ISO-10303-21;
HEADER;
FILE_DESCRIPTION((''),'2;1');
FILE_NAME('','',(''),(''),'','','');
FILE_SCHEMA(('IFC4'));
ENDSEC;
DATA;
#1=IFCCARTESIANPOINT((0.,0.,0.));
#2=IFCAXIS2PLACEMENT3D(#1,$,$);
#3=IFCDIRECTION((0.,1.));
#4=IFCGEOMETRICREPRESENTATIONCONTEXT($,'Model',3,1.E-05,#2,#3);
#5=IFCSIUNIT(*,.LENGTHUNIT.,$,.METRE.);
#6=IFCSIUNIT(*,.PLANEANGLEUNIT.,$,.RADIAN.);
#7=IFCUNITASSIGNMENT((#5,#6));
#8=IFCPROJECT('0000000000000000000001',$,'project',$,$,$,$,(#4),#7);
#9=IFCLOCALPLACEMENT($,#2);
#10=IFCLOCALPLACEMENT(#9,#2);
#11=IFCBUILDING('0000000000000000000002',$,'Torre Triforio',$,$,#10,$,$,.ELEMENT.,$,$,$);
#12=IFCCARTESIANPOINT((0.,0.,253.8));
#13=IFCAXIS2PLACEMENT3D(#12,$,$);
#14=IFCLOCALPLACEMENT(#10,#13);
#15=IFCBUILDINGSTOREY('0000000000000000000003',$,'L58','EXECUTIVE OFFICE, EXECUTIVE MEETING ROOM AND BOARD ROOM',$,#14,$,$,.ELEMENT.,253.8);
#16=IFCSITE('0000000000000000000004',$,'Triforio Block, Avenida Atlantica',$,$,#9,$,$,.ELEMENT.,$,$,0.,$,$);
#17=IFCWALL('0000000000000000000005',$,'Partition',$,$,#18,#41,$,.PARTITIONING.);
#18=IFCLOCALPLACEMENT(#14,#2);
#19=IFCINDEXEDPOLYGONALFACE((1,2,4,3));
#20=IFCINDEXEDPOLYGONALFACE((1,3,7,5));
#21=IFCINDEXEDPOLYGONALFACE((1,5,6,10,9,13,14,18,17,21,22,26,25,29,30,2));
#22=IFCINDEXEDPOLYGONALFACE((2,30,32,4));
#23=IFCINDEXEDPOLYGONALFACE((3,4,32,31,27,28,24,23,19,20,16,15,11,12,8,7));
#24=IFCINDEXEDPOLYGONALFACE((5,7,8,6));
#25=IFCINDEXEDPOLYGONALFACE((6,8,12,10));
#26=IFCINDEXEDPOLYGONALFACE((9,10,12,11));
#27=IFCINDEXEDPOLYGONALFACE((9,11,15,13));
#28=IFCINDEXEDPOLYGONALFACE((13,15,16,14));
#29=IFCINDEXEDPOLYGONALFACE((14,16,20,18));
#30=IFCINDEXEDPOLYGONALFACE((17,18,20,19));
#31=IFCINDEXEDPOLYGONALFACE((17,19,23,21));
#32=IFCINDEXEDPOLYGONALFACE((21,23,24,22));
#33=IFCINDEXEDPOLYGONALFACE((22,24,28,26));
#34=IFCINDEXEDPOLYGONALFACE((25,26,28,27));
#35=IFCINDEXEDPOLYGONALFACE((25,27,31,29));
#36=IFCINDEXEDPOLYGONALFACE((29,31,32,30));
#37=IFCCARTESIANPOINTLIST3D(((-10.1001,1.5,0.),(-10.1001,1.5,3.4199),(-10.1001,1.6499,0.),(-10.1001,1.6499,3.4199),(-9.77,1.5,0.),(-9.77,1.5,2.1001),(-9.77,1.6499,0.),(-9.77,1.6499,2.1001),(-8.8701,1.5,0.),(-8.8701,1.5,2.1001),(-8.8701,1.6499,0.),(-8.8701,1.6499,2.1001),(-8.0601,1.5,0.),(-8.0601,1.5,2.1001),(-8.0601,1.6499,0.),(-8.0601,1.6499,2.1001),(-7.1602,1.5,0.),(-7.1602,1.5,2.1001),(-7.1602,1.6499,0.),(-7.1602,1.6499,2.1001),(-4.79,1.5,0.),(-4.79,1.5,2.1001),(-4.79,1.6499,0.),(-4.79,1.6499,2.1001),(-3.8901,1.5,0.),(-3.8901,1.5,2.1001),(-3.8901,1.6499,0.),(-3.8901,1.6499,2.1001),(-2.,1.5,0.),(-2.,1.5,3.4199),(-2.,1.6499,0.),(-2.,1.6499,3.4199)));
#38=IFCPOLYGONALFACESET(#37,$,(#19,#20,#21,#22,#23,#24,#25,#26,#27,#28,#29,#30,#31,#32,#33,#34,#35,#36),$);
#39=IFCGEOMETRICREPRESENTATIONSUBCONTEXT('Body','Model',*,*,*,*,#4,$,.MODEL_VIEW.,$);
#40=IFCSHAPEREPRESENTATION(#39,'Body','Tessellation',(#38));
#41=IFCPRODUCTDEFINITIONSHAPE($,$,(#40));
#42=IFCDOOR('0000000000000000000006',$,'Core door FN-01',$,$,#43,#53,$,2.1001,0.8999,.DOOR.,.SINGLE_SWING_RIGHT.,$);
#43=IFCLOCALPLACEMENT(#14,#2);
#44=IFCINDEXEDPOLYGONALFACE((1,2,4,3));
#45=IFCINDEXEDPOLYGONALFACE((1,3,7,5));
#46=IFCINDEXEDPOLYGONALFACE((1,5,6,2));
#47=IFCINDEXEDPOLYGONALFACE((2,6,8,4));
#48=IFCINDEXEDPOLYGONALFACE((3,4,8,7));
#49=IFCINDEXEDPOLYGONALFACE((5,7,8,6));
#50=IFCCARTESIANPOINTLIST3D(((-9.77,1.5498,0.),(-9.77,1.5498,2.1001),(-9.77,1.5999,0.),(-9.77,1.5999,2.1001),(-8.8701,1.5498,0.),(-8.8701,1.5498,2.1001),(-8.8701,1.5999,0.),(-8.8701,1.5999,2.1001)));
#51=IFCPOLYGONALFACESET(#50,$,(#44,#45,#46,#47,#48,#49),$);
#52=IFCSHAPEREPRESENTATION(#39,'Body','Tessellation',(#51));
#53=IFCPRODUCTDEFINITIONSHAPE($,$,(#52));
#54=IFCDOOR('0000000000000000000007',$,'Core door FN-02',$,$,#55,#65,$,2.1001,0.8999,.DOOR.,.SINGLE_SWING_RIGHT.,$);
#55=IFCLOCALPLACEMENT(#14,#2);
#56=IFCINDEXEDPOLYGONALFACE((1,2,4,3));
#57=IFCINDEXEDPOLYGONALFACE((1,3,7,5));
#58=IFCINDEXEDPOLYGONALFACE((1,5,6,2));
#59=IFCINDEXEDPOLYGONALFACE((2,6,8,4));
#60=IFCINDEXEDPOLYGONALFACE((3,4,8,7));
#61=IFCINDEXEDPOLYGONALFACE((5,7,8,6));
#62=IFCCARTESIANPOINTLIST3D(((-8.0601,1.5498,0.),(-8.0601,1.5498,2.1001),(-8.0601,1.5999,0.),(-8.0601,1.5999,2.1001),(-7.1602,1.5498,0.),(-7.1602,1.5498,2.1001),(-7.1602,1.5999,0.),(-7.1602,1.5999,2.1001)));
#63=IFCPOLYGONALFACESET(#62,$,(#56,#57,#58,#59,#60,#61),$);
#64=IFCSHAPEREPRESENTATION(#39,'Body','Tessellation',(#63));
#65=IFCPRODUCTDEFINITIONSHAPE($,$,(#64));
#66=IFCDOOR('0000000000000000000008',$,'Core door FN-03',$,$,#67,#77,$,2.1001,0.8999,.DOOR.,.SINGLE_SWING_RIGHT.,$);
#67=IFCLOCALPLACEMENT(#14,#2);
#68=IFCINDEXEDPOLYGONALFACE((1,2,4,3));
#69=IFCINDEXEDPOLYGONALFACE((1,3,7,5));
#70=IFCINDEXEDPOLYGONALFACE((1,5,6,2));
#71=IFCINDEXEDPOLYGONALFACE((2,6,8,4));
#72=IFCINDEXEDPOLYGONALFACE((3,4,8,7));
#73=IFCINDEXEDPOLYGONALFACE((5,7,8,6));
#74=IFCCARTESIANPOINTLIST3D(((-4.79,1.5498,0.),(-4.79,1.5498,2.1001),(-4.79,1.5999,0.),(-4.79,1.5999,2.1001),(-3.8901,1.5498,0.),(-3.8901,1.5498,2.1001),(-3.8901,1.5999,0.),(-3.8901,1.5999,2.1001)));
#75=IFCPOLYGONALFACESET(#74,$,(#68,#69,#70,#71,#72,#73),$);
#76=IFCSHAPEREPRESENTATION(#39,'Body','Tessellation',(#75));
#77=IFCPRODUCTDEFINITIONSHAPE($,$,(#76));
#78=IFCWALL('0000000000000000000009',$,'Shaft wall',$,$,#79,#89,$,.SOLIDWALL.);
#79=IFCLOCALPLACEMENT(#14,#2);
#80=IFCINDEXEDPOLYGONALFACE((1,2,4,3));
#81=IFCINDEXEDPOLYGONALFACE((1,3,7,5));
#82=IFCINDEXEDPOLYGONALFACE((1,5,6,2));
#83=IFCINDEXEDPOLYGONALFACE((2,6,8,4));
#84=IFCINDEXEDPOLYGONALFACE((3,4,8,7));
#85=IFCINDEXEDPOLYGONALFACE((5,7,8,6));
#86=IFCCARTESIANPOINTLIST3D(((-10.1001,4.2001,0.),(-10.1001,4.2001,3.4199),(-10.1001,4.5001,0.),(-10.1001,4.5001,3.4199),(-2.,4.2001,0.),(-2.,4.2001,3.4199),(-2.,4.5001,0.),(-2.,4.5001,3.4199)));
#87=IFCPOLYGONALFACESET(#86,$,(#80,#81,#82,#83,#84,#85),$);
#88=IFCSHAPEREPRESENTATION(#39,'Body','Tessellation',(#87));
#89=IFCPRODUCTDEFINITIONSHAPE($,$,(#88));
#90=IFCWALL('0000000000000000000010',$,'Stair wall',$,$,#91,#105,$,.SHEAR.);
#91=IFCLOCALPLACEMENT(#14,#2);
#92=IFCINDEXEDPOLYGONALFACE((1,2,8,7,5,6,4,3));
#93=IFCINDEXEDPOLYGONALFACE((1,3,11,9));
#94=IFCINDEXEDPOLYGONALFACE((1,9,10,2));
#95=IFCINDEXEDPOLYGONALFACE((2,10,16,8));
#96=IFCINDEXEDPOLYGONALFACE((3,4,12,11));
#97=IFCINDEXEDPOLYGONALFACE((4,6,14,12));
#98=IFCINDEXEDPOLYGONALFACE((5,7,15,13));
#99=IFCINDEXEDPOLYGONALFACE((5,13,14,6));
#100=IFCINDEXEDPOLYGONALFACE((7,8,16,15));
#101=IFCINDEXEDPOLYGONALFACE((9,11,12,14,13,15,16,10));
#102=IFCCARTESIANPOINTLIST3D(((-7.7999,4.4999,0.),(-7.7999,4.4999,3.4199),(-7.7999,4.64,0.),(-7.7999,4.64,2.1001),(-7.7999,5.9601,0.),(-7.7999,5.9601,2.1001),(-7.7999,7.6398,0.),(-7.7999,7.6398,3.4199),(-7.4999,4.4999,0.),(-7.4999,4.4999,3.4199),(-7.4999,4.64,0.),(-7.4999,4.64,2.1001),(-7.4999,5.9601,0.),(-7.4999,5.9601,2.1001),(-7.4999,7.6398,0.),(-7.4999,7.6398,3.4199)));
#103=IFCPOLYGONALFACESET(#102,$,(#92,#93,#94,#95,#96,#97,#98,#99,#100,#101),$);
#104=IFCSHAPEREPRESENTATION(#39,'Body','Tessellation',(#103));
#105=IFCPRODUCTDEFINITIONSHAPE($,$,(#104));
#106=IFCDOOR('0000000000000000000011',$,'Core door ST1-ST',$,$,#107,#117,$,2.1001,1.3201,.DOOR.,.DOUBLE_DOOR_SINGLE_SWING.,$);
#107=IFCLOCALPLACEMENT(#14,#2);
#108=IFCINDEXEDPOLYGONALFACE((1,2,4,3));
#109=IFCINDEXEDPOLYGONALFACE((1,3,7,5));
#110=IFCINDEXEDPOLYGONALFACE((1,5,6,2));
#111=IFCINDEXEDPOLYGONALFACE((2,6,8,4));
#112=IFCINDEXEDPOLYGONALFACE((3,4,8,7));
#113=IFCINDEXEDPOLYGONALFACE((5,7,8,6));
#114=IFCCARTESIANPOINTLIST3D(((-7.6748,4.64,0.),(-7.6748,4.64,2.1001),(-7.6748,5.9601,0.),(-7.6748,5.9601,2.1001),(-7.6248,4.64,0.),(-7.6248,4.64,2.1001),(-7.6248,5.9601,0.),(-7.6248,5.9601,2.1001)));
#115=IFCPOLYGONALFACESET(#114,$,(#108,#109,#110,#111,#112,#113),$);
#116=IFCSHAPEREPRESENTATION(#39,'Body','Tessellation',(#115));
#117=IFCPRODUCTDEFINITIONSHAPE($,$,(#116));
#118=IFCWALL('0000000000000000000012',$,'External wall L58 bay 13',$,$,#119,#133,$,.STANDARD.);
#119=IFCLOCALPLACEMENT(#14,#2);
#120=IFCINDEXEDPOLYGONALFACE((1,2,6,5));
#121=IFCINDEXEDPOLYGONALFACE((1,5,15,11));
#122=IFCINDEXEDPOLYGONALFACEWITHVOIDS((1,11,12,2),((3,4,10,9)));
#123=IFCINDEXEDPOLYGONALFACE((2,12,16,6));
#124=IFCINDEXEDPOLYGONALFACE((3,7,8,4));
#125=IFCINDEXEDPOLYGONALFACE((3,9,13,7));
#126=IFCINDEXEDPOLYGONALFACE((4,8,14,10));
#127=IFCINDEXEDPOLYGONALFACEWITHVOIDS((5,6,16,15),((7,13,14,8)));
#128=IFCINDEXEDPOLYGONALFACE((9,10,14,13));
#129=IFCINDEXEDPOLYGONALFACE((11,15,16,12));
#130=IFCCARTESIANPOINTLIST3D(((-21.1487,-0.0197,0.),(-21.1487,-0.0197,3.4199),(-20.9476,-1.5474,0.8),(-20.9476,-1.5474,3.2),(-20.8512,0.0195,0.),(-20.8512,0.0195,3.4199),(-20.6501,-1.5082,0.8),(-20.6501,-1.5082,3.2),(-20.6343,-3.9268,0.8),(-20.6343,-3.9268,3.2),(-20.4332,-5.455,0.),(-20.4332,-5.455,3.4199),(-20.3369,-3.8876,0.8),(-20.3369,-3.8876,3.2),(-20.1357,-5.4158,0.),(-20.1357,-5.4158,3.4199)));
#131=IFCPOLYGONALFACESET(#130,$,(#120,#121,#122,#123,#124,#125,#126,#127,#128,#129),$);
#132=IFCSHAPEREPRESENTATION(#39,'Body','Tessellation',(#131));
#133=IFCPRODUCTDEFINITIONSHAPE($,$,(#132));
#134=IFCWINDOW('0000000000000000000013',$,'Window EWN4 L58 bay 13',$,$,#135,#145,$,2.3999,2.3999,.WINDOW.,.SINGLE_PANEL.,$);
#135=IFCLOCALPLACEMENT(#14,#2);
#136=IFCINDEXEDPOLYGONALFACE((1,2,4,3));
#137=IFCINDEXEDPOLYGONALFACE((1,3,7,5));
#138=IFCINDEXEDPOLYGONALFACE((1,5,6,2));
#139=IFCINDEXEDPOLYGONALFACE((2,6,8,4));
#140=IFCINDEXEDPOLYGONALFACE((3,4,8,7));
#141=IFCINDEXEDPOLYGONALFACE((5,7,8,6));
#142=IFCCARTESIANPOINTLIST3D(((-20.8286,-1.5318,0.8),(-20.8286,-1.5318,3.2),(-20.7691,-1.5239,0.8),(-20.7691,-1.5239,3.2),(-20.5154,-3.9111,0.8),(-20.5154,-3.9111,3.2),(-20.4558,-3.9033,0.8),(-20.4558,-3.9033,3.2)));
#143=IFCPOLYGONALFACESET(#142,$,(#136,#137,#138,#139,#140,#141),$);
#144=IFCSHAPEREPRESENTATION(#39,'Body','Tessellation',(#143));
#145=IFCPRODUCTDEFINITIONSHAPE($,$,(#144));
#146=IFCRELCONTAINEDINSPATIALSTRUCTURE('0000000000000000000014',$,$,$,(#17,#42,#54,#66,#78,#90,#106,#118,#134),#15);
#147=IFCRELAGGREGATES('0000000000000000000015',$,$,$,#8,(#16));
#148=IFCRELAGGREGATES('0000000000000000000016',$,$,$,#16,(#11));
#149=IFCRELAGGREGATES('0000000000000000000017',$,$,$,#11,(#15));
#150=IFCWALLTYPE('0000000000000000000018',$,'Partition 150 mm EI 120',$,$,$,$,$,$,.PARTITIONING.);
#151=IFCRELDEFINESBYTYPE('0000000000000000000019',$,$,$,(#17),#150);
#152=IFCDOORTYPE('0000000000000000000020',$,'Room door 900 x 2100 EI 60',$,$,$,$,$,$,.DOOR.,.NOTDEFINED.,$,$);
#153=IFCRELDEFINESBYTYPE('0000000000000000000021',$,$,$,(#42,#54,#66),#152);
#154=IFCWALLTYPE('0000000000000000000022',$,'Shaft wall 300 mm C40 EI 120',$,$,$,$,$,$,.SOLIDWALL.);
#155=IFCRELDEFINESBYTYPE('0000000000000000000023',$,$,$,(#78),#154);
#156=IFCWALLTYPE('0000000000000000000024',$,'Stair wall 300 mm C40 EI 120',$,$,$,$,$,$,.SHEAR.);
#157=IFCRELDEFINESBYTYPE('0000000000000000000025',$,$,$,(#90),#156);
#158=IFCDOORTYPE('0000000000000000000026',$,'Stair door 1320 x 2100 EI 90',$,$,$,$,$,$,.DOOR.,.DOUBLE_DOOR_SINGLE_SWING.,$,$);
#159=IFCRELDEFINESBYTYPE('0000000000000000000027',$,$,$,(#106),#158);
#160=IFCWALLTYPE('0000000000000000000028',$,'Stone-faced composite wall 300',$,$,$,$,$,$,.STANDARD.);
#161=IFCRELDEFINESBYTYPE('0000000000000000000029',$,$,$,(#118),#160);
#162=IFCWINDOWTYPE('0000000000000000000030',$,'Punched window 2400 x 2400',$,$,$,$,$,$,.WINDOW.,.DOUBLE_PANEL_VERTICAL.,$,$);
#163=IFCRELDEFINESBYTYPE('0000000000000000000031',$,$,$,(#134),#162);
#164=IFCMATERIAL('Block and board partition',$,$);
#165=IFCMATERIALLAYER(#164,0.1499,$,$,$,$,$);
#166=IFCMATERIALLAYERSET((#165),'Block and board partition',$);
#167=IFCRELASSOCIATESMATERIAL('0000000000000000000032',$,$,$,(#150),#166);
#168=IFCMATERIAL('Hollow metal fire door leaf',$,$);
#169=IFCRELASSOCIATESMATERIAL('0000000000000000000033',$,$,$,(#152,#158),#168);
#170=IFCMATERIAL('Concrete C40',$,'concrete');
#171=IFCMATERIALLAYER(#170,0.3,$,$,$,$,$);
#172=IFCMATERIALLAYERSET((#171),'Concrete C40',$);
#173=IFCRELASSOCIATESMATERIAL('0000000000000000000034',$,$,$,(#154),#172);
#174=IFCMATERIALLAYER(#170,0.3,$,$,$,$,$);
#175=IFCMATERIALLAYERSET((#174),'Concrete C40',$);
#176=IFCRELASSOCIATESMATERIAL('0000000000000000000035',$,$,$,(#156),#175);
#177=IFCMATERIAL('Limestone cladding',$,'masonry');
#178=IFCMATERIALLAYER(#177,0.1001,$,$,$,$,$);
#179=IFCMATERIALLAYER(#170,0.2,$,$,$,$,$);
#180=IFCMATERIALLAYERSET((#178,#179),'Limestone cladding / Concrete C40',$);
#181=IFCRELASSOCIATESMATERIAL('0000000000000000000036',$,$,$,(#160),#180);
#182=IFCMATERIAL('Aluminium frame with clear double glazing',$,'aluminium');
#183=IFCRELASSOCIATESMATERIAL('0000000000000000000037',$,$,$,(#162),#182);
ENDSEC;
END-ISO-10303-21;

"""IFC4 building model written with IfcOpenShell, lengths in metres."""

from ifc_helpers import new_model, si_unit, direction, frame, frame_2d, origin, place, context, subcontext, project, spatial, rectangle, extrude, material, layer, layer_set, type_object, element, fill, save


model = new_model("IFC4")

# Units and contexts
model_context = context("Model", 3, precision=1e-05, world=origin(), true_north=direction((0.0, 1.0)))
body_context = subcontext(model_context, "Body", "Model", "MODEL_VIEW")
ifc_project = project(units=[si_unit("LENGTHUNIT", "METRE"), si_unit("PLANEANGLEUNIT", "RADIAN")], contexts=[model_context])

# Site, building, storey
site_placement = place(None, origin())
site = spatial("IfcSite", under=ifc_project, at=site_placement, Name="Triforio Block, Avenida Atlantica", CompositionType="ELEMENT", RefElevation=0.0)
building_placement = place(site_placement, origin())
building = spatial("IfcBuilding", under=site, at=building_placement, Name="Torre Triforio", CompositionType="ELEMENT")
storey_placement = place(building_placement, frame((0.0, 0.0, 253.8)))
storey = spatial("IfcBuildingStorey", under=building, at=storey_placement, Name="L58", Description="EXECUTIVE OFFICE, EXECUTIVE MEETING ROOM AND BOARD ROOM", CompositionType="ELEMENT", Elevation=253.8)

# Shared definitions
ifc_material_1 = material(Name="Concrete C40", Category="concrete")

# Shared definitions
ifc_material_2 = material(Name="Hollow metal fire door leaf")

# Shared definitions
ifc_material_3 = material(Name="Block and board partition")

# Wall, openings, doors
ifc_layer_1 = layer(ifc_material_3, 0.1499)
ifc_layer_set_1 = layer_set([ifc_layer_1], Name="Block and board partition")
wall_type_1 = type_object("IfcWallType", Name="Partition 150 mm EI 120", PredefinedType="PARTITIONING", material=ifc_layer_set_1)
wall_1_placement = place(storey_placement, frame((-10.1001, 1.575, 0.0), z_axis=(0.0, 0.0, 1.0), x_axis=(1.0, 0.0, 0.0)))
wall_1 = element("IfcWall", 1, at=wall_1_placement, inside=storey, type_object=wall_type_1, Name="Partition", PredefinedType="PARTITIONING", context=body_context, shape_type="SweptSolid", body=[
    extrude(rectangle(XDim=8.1001, YDim=0.1499, at=frame_2d((4.05, 0.0))), origin(), (0.0, 0.0, 1.0), 3.4199),
])
opening_1_placement = place(wall_1_placement, frame((0.3301, 0.0, 0.0)))
opening_1 = element("IfcOpeningElement", 2, at=opening_1_placement, cuts=wall_1, PredefinedType="OPENING", context=body_context, shape_type="SweptSolid", body=[
    extrude(rectangle(XDim=0.8999, YDim=2.1001, at=frame_2d((0.45, 1.05))), frame((0.0, 0.085, 0.0), z_axis=(0.0, -1.0, 0.0), x_axis=(1.0, 0.0, 0.0)), (0.0, 0.0, 1.0), 0.1699),
])
opening_2_placement = place(wall_1_placement, frame((2.04, 0.0, 0.0)))
opening_2 = element("IfcOpeningElement", 3, at=opening_2_placement, cuts=wall_1, PredefinedType="OPENING", context=body_context, shape_type="SweptSolid", body=[
    extrude(rectangle(XDim=0.8999, YDim=2.1001, at=frame_2d((0.45, 1.05))), frame((0.0, 0.085, 0.0), z_axis=(0.0, -1.0, 0.0), x_axis=(1.0, 0.0, 0.0)), (0.0, 0.0, 1.0), 0.1699),
])
opening_3_placement = place(wall_1_placement, frame((5.3101, 0.0, 0.0)))
opening_3 = element("IfcOpeningElement", 4, at=opening_3_placement, cuts=wall_1, PredefinedType="OPENING", context=body_context, shape_type="SweptSolid", body=[
    extrude(rectangle(XDim=0.8999, YDim=2.1001, at=frame_2d((0.45, 1.05))), frame((0.0, 0.085, 0.0), z_axis=(0.0, -1.0, 0.0), x_axis=(1.0, 0.0, 0.0)), (0.0, 0.0, 1.0), 0.1699),
])
door_type_1 = type_object("IfcDoorType", Name="Room door 900 x 2100 EI 60", OperationType="NOTDEFINED", PredefinedType="DOOR", material=ifc_material_2)
door_1_placement = place(opening_1_placement, origin())
door_1 = element("IfcDoor", 5, at=door_1_placement, inside=storey, type_object=door_type_1, Name="Core door FN-01", OperationType="SINGLE_SWING_RIGHT", OverallHeight=2.1001, OverallWidth=0.8999, PredefinedType="DOOR", context=body_context, shape_type="SweptSolid", body=[
    extrude(rectangle(XDim=0.8999, YDim=2.1001, at=frame_2d((0.45, 1.05))), frame((0.0, 0.0249, 0.0), z_axis=(0.0, -1.0, 0.0), x_axis=(1.0, 0.0, 0.0)), (0.0, 0.0, 1.0), 0.05),
])
fill(opening_1, door_1)
door_2_placement = place(opening_2_placement, origin())
door_2 = element("IfcDoor", 6, at=door_2_placement, inside=storey, type_object=door_type_1, Name="Core door FN-02", OperationType="SINGLE_SWING_RIGHT", OverallHeight=2.1001, OverallWidth=0.8999, PredefinedType="DOOR", context=body_context, shape_type="SweptSolid", body=[
    extrude(rectangle(XDim=0.8999, YDim=2.1001, at=frame_2d((0.45, 1.05))), frame((0.0, 0.0249, 0.0), z_axis=(0.0, -1.0, 0.0), x_axis=(1.0, 0.0, 0.0)), (0.0, 0.0, 1.0), 0.05),
])
fill(opening_2, door_2)
door_3_placement = place(opening_3_placement, origin())
door_3 = element("IfcDoor", 7, at=door_3_placement, inside=storey, type_object=door_type_1, Name="Core door FN-03", OperationType="SINGLE_SWING_RIGHT", OverallHeight=2.1001, OverallWidth=0.8999, PredefinedType="DOOR", context=body_context, shape_type="SweptSolid", body=[
    extrude(rectangle(XDim=0.8999, YDim=2.1001, at=frame_2d((0.45, 1.05))), frame((0.0, 0.0249, 0.0), z_axis=(0.0, -1.0, 0.0), x_axis=(1.0, 0.0, 0.0)), (0.0, 0.0, 1.0), 0.05),
])
fill(opening_3, door_3)

# Wall
ifc_layer_2 = layer(ifc_material_1, 0.3)
ifc_layer_set_2 = layer_set([ifc_layer_2], Name="Concrete C40")
wall_type_2 = type_object("IfcWallType", Name="Shaft wall 300 mm C40 EI 120", PredefinedType="SOLIDWALL", material=ifc_layer_set_2)
wall_2_placement = place(storey_placement, frame((-10.1001, 4.3501, 0.0), z_axis=(0.0, 0.0, 1.0), x_axis=(1.0, 0.0, 0.0)))
element("IfcWall", 8, at=wall_2_placement, inside=storey, type_object=wall_type_2, Name="Shaft wall", PredefinedType="SOLIDWALL", context=body_context, shape_type="SweptSolid", body=[
    extrude(rectangle(XDim=8.1001, YDim=0.3, at=frame_2d((4.05, 0.0))), origin(), (0.0, 0.0, 1.0), 3.4199),
])

# Wall, opening, door
ifc_layer_3 = layer(ifc_material_1, 0.3)
ifc_layer_set_3 = layer_set([ifc_layer_3], Name="Concrete C40")
wall_type_3 = type_object("IfcWallType", Name="Stair wall 300 mm C40 EI 120", PredefinedType="SHEAR", material=ifc_layer_set_3)
wall_3_placement = place(storey_placement, frame((-7.6499, 4.5, 0.0), z_axis=(0.0, 0.0, 1.0), x_axis=(0.0, 1.0, 0.0)))
wall_3 = element("IfcWall", 9, at=wall_3_placement, inside=storey, type_object=wall_type_3, Name="Stair wall", PredefinedType="SHEAR", context=body_context, shape_type="SweptSolid", body=[
    extrude(rectangle(XDim=3.1399, YDim=0.3, at=frame_2d((1.5698, 0.0))), origin(), (0.0, 0.0, 1.0), 3.4199),
])
opening_4_placement = place(wall_3_placement, frame((0.1399, 0.0, 0.0)))
opening_4 = element("IfcOpeningElement", 10, at=opening_4_placement, cuts=wall_3, PredefinedType="OPENING", context=body_context, shape_type="SweptSolid", body=[
    extrude(rectangle(XDim=1.3201, YDim=2.1001, at=frame_2d((0.6602, 1.05))), frame((0.0, 0.1599, 0.0), z_axis=(0.0, -1.0, 0.0), x_axis=(1.0, 0.0, 0.0)), (0.0, 0.0, 1.0), 0.3201),
])
door_type_2 = type_object("IfcDoorType", Name="Stair door 1320 x 2100 EI 90", OperationType="DOUBLE_DOOR_SINGLE_SWING", PredefinedType="DOOR", material=ifc_material_2)
door_4_placement = place(opening_4_placement, origin())
door_4 = element("IfcDoor", 11, at=door_4_placement, inside=storey, type_object=door_type_2, Name="Core door ST1-ST", OperationType="DOUBLE_DOOR_SINGLE_SWING", OverallHeight=2.1001, OverallWidth=1.3201, PredefinedType="DOOR", context=body_context, shape_type="SweptSolid", body=[
    extrude(rectangle(XDim=1.3201, YDim=2.1001, at=frame_2d((0.6602, 1.05))), frame((0.0, 0.0249, 0.0), z_axis=(0.0, -1.0, 0.0), x_axis=(1.0, 0.0, 0.0)), (0.0, 0.0, 1.0), 0.05),
])
fill(opening_4, door_4)

# Shared definitions
ifc_material_4 = material(Name="Limestone cladding", Category="masonry")
ifc_layer_4 = layer(ifc_material_4, 0.1001)
ifc_layer_5 = layer(ifc_material_1, 0.2)
ifc_layer_set_4 = layer_set([ifc_layer_4, ifc_layer_5], Name="Limestone cladding / Concrete C40")
wall_type_4 = type_object("IfcWallType", Name="Stone-faced composite wall 300", PredefinedType="STANDARD", material=ifc_layer_set_4)
ifc_material_5 = material(Name="Aluminium frame with clear double glazing", Category="aluminium")

# Wall, opening, window
wall_4_placement = place(storey_placement, frame((-21.0, 0.0, 0.0), z_axis=(0.0, 0.0, 1.0), x_axis=(0.130527, -0.991445, 0.0)))
wall_4 = element("IfcWall", 12, at=wall_4_placement, inside=storey, type_object=wall_type_4, Name="External wall L58 bay 13", PredefinedType="STANDARD", context=body_context, shape_type="SweptSolid", body=[
    extrude(rectangle(XDim=5.4822, YDim=0.3, at=frame_2d((2.7412, 0.0))), origin(), (0.0, 0.0, 1.0), 3.4199),
])
opening_5_placement = place(wall_4_placement, frame((1.541, 0.0, 0.8)))
opening_5 = element("IfcOpeningElement", 13, at=opening_5_placement, cuts=wall_4, PredefinedType="OPENING", context=body_context, shape_type="SweptSolid", body=[
    extrude(rectangle(XDim=2.3999, YDim=2.3999, at=frame_2d((1.2, 1.2))), frame((0.0, 0.1599, 0.0), z_axis=(0.0, -1.0, 0.0), x_axis=(1.0, 0.0, 0.0)), (0.0, 0.0, 1.0), 0.3201),
])
window_type_1 = type_object("IfcWindowType", Name="Punched window 2400 x 2400", PartitioningType="DOUBLE_PANEL_VERTICAL", PredefinedType="WINDOW", material=ifc_material_5)
window_1_placement = place(opening_5_placement, origin())
window_1 = element("IfcWindow", 14, at=window_1_placement, inside=storey, type_object=window_type_1, Name="Window EWN4 L58 bay 13", OverallHeight=2.3999, OverallWidth=2.3999, PartitioningType="SINGLE_PANEL", PredefinedType="WINDOW", context=body_context, shape_type="SweptSolid", body=[
    extrude(rectangle(XDim=2.3999, YDim=2.3999, at=frame_2d((1.2, 1.2))), frame((0.0, 0.03, 0.0), z_axis=(0.0, -1.0, 0.0), x_axis=(1.0, 0.0, 0.0)), (0.0, 0.0, 1.0), 0.0601),
])
fill(opening_5, window_1)

save(model, "model.ifc")
